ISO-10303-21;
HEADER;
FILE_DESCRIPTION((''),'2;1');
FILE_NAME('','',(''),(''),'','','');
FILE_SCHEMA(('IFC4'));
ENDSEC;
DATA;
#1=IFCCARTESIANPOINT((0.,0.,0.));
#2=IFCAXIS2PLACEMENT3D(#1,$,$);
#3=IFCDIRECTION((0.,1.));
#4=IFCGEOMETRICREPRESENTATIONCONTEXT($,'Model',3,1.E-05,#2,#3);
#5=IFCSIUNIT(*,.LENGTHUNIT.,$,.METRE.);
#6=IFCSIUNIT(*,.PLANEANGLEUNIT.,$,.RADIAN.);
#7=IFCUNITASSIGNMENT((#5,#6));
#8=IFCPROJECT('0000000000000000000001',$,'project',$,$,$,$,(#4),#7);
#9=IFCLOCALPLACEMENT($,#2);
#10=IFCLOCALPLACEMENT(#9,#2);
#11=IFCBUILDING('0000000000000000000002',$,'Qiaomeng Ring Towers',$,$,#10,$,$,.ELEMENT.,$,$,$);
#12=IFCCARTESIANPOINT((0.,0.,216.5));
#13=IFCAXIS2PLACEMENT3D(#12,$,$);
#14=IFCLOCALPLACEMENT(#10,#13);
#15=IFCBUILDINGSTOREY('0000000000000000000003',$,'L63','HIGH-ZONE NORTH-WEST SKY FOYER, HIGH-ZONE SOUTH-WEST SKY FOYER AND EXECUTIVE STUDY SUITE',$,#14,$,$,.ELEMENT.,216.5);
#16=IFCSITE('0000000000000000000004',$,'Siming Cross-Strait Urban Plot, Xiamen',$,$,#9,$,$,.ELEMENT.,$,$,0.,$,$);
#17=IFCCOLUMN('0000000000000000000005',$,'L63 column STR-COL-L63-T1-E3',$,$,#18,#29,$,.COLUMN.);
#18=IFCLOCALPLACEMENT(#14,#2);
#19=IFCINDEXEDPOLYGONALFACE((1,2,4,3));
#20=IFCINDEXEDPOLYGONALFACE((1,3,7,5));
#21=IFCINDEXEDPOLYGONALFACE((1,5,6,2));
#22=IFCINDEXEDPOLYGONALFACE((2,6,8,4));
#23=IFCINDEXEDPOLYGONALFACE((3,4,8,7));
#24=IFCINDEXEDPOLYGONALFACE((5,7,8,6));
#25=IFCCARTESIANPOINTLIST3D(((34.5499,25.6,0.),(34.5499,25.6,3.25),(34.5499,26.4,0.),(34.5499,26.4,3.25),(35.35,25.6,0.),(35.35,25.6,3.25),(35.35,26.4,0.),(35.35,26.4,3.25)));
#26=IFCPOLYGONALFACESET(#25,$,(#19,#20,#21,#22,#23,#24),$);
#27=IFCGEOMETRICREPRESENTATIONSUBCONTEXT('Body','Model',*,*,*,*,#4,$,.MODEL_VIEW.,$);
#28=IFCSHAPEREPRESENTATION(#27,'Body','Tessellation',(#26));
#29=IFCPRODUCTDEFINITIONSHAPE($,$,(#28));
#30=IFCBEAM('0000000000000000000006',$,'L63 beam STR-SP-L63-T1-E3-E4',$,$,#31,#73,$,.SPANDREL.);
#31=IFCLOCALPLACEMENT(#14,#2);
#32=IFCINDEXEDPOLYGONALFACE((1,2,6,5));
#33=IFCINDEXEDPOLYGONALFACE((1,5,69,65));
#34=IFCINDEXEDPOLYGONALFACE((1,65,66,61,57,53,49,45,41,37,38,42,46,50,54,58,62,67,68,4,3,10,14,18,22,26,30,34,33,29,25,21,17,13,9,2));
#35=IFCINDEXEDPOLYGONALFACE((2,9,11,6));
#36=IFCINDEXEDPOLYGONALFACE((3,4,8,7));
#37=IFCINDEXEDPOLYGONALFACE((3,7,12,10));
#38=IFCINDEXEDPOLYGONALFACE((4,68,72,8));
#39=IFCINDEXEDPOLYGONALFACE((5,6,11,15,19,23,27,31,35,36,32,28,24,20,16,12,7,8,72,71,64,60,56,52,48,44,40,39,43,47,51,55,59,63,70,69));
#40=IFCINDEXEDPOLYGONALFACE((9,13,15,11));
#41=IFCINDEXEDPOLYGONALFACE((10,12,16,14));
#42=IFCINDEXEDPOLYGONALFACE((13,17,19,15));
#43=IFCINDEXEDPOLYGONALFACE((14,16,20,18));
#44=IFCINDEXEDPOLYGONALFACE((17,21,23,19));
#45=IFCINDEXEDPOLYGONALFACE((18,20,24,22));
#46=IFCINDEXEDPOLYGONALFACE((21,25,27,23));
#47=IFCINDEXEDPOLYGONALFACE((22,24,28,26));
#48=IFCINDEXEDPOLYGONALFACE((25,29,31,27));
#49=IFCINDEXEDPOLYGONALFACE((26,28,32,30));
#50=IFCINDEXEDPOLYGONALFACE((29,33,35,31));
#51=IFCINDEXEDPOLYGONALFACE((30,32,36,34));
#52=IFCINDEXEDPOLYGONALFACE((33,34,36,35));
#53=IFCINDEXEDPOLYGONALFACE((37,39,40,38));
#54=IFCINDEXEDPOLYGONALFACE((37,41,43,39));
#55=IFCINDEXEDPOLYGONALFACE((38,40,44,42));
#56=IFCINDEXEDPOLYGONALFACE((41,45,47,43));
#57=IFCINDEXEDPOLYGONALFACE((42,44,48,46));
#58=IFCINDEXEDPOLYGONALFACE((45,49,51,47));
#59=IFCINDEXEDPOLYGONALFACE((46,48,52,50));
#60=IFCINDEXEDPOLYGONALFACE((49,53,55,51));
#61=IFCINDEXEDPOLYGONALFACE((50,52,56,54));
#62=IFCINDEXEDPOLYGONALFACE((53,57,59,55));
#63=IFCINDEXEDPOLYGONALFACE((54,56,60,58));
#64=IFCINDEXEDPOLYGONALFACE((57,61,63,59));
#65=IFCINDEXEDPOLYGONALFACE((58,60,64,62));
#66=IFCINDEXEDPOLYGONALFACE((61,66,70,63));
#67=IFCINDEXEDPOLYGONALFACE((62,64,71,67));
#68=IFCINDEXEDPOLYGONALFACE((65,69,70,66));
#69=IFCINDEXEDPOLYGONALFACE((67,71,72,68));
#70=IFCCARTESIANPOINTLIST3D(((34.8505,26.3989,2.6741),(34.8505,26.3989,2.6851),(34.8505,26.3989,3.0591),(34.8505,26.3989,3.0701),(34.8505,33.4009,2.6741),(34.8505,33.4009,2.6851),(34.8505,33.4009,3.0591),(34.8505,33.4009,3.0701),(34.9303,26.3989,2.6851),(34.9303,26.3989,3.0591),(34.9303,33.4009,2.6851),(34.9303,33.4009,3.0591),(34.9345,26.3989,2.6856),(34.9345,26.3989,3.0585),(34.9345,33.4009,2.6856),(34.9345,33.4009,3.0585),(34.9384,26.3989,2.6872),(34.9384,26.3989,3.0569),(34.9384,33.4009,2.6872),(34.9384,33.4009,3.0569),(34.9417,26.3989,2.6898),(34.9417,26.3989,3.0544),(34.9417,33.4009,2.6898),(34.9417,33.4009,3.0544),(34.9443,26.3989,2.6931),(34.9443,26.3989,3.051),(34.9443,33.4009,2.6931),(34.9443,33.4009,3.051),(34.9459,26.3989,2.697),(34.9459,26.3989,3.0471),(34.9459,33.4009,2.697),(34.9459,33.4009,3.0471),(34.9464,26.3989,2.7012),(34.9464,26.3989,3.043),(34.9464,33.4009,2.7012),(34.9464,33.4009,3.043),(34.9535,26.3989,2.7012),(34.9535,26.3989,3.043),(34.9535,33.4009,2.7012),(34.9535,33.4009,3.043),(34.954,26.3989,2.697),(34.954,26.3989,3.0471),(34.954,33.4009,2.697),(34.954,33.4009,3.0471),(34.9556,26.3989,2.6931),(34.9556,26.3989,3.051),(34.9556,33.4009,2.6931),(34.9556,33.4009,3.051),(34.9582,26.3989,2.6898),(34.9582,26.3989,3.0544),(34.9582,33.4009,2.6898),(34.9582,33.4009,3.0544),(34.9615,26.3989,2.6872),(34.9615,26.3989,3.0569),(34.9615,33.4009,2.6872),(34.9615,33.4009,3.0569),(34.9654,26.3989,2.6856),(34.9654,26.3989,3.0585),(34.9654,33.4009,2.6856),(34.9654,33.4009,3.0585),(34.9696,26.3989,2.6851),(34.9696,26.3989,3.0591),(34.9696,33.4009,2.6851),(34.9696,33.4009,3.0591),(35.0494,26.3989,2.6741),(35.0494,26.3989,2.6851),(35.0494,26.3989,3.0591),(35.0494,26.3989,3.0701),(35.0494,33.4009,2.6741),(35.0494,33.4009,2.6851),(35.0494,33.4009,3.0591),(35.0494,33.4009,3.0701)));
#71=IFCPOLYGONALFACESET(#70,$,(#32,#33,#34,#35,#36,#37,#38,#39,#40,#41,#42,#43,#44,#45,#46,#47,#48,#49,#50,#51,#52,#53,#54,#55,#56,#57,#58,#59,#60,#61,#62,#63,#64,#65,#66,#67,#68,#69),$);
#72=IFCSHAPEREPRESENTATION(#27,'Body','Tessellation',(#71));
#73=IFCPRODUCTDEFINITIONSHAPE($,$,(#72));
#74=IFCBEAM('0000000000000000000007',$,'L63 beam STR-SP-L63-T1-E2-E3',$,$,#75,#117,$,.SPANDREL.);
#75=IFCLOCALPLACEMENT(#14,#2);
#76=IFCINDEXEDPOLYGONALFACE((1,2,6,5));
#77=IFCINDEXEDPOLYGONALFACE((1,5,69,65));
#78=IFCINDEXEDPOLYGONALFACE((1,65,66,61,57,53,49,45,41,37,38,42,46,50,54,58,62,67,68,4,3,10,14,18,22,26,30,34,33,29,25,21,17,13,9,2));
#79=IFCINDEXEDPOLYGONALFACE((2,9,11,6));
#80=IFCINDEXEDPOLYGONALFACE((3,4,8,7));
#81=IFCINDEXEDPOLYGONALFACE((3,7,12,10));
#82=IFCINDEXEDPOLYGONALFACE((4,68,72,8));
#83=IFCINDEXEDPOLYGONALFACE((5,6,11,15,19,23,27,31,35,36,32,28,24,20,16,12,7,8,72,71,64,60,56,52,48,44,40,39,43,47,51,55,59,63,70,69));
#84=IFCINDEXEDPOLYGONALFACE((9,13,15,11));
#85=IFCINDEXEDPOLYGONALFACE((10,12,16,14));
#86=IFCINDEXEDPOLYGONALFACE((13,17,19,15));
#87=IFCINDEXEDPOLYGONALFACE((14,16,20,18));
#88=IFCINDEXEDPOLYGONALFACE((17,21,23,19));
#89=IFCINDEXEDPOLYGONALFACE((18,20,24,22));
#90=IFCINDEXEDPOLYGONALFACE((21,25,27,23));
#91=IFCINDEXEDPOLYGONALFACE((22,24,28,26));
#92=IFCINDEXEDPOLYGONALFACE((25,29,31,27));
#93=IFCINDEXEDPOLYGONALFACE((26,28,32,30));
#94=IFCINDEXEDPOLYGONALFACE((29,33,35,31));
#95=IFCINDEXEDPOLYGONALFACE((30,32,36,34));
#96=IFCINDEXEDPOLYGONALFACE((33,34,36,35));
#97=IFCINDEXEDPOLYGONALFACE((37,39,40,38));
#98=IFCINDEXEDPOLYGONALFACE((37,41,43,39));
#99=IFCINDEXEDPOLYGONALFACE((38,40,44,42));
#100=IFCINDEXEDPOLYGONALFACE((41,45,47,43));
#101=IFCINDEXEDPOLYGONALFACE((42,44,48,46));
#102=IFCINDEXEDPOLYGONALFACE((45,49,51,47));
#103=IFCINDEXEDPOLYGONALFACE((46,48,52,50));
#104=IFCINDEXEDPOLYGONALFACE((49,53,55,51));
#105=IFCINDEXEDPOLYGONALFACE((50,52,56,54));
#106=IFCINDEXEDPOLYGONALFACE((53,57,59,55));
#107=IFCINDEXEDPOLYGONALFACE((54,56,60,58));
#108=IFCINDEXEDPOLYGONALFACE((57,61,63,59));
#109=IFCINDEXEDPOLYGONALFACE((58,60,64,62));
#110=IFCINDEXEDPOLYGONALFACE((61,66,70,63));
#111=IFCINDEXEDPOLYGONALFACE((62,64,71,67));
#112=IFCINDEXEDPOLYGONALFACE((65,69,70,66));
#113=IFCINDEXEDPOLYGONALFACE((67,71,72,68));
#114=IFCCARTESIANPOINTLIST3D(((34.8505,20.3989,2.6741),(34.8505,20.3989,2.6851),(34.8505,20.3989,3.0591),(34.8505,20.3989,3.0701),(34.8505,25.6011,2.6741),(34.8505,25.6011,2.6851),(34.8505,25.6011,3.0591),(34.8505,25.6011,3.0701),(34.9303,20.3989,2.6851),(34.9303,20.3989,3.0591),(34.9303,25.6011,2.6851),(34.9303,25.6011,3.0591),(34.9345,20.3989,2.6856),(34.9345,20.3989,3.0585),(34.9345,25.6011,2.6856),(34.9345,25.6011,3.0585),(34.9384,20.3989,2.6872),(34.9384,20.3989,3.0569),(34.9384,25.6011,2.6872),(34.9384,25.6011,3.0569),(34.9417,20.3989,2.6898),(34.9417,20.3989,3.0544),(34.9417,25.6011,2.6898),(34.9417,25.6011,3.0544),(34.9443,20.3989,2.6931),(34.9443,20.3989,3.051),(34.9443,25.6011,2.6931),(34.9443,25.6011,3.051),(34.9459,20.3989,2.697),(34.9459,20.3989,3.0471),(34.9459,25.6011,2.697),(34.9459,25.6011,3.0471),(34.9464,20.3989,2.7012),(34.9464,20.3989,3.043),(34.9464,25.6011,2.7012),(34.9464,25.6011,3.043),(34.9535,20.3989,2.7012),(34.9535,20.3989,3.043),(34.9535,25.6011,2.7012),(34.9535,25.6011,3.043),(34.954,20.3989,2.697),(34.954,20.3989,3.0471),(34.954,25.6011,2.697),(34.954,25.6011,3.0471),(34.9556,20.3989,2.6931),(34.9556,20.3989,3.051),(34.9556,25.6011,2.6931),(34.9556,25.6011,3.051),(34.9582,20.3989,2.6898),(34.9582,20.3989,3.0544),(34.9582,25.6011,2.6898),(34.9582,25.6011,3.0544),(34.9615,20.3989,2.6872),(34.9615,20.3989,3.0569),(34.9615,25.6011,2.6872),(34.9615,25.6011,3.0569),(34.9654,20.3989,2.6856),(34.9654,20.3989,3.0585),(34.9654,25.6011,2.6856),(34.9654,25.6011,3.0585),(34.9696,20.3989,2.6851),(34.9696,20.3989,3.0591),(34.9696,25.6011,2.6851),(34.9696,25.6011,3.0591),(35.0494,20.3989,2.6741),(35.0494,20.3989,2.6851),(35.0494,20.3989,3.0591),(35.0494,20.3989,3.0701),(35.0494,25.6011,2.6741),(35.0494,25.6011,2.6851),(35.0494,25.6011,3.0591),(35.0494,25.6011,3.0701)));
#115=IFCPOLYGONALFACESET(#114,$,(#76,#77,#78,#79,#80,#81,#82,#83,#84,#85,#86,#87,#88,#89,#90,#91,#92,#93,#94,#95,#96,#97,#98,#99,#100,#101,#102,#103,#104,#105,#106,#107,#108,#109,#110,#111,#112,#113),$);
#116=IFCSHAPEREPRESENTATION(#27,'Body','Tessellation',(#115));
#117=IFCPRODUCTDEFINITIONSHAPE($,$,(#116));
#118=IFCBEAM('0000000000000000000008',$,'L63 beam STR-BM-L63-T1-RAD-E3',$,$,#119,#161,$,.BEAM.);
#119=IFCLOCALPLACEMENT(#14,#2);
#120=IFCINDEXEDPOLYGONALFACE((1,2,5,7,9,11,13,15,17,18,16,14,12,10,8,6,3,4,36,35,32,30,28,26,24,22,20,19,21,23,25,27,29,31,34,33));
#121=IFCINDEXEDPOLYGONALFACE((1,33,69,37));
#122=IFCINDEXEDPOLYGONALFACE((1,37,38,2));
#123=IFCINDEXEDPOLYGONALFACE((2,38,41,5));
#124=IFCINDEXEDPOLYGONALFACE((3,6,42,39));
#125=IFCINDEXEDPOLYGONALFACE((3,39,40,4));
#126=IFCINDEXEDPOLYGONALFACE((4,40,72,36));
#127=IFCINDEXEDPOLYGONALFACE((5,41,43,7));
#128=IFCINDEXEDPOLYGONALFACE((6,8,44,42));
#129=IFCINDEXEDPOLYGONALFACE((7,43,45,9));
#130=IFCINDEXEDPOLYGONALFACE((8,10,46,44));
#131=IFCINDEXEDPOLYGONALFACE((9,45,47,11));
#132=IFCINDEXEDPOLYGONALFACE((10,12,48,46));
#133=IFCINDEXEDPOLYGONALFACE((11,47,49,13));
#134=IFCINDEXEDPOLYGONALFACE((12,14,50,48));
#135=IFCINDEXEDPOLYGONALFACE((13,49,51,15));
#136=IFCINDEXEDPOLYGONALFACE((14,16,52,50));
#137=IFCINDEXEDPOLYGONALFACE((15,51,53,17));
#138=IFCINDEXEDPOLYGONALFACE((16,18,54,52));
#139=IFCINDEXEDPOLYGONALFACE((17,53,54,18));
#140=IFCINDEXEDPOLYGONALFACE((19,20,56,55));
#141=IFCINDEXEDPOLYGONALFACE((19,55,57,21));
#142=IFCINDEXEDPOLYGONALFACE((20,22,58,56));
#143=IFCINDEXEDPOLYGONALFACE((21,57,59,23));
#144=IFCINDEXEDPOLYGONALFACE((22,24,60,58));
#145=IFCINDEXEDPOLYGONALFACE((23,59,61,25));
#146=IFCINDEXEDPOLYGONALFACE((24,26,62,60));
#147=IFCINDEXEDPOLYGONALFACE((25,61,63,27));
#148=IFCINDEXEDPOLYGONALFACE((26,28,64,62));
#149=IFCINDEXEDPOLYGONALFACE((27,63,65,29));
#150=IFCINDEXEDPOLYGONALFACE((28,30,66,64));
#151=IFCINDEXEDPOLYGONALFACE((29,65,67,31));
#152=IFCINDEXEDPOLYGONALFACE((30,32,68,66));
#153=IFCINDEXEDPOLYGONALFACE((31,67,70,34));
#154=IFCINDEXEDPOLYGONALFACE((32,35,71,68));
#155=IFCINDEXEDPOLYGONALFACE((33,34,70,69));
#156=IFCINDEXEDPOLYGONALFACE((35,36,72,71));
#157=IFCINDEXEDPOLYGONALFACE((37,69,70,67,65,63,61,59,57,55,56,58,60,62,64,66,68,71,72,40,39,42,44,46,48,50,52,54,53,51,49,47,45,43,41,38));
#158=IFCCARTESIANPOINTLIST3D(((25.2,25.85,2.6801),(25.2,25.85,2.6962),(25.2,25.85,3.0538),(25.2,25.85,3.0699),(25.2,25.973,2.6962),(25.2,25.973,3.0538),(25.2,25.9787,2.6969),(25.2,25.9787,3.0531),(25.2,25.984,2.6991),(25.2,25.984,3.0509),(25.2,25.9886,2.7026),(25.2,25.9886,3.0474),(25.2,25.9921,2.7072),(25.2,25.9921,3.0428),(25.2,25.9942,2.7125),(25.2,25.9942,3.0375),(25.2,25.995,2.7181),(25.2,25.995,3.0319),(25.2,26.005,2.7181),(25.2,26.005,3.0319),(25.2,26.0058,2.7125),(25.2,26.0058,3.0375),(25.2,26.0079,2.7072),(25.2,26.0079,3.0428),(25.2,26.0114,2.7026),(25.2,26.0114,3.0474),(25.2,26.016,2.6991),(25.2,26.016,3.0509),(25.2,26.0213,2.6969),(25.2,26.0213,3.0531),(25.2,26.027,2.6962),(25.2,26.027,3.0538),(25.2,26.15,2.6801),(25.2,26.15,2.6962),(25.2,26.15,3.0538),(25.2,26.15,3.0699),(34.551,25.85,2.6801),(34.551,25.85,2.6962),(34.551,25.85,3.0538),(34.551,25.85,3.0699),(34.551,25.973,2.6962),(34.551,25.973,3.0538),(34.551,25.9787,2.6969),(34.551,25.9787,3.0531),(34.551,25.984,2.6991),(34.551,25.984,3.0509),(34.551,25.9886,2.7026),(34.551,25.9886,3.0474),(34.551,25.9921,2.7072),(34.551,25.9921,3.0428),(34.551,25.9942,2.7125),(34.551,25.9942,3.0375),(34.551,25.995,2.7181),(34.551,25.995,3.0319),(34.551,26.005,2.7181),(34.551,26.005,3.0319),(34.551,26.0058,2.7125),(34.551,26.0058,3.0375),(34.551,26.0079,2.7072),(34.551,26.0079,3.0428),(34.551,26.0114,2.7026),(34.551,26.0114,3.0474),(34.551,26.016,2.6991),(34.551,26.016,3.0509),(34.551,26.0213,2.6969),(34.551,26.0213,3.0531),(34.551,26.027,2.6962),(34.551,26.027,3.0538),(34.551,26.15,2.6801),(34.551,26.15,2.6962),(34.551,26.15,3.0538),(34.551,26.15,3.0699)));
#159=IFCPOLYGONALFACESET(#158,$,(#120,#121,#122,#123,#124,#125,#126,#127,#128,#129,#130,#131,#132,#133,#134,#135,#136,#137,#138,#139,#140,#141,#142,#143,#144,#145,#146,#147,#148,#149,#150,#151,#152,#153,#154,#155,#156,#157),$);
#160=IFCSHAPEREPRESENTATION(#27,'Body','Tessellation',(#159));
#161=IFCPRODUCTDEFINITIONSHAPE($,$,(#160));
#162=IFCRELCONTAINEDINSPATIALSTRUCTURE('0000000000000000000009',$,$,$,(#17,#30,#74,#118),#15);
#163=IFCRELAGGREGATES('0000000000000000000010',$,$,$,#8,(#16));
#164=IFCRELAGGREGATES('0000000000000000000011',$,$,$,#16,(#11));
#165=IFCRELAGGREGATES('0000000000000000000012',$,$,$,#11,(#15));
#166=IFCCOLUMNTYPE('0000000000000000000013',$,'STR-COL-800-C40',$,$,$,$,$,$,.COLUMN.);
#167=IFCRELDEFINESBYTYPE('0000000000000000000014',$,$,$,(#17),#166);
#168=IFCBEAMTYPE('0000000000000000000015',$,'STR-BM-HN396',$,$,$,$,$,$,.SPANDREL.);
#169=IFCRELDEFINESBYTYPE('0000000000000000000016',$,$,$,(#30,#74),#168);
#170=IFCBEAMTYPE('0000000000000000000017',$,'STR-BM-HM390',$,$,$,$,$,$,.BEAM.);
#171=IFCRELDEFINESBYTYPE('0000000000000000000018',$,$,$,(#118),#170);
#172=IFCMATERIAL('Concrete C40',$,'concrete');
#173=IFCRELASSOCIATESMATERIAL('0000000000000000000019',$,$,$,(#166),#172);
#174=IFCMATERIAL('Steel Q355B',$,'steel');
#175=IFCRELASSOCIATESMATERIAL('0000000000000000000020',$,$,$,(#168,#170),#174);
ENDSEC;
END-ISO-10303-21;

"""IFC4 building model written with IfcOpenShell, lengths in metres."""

from ifc_helpers import new_model, si_unit, direction, frame, origin, origin_2d, place, context, subcontext, project, spatial, rectangle, i_section, extrude, source, transform, mapped, material, material_profile, profile_set, type_object, element, save


model = new_model("IFC4")

# Units and contexts
model_context = context("Model", 3, precision=1e-05, world=origin(), true_north=direction((0.0, 1.0)))
body_context = subcontext(model_context, "Body", "Model", "MODEL_VIEW")
ifc_project = project(units=[si_unit("LENGTHUNIT", "METRE"), si_unit("PLANEANGLEUNIT", "RADIAN")], contexts=[model_context])

# Site, building, storey
site_placement = place(None, origin())
site = spatial("IfcSite", under=ifc_project, at=site_placement, Name="Siming Cross-Strait Urban Plot, Xiamen", CompositionType="ELEMENT", RefElevation=0.0)
building_placement = place(site_placement, origin())
building = spatial("IfcBuilding", under=site, at=building_placement, Name="Qiaomeng Ring Towers", CompositionType="ELEMENT")
storey_placement = place(building_placement, frame((0.0, 0.0, 216.5)))
storey = spatial("IfcBuildingStorey", under=building, at=storey_placement, Name="L63", Description="HIGH-ZONE NORTH-WEST SKY FOYER, HIGH-ZONE SOUTH-WEST SKY FOYER AND EXECUTIVE STUDY SUITE", CompositionType="ELEMENT", Elevation=216.5)

# Column
ifc_material_1 = material(Name="Concrete C40", Category="concrete")
ifc_material_profile_1 = material_profile(ifc_material_1, rectangle(XDim=0.8, YDim=0.8, at=origin_2d()), Name="RC COL 800x800")
ifc_profile_set_1 = profile_set([ifc_material_profile_1], Name="Concrete C40")
column_type = type_object("IfcColumnType", Name="STR-COL-800-C40", PredefinedType="COLUMN", material=ifc_profile_set_1)
shared_shape_1 = source(origin(), body_context, "Body", "SweptSolid", [
    extrude(rectangle(XDim=0.8, YDim=0.8, at=origin_2d()), origin(), (0.0, 0.0, 1.0), 3.25),
])
column_placement = place(storey_placement, frame((34.95, 26.0, 0.0), z_axis=(0.0, 0.0, 1.0), x_axis=(1.0, 0.0, 0.0)))
element("IfcColumn", 1, at=column_placement, inside=storey, type_object=column_type, Name="L63 column STR-COL-L63-T1-E3", PredefinedType="COLUMN", context=body_context, shape_type="MappedRepresentation", body=[
    mapped(shared_shape_1, transform((0.0, 0.0, 0.0), x_axis=(1.0, 0.0, 0.0), y_axis=(0.0, 1.0, 0.0), z_axis=(0.0, 0.0, 1.0), scale=1.0)),
])

# Beams
ifc_material_2 = material(Name="Steel Q355B", Category="steel")
ifc_material_profile_2 = material_profile(ifc_material_2, i_section(OverallWidth=0.199, OverallDepth=0.396, WebThickness=0.0071, FlangeThickness=0.011, FilletRadius=0.0161, at=origin_2d()), Name="HN 396x199x7x11")
ifc_profile_set_2 = profile_set([ifc_material_profile_2], Name="Steel Q355B")
beam_type_1 = type_object("IfcBeamType", Name="STR-BM-HN396", PredefinedType="SPANDREL", material=ifc_profile_set_2)
shared_shape_2 = source(origin(), body_context, "Body", "SweptSolid", [
    extrude(i_section(OverallWidth=0.199, OverallDepth=0.396, WebThickness=0.0071, FlangeThickness=0.011, FilletRadius=0.0161, at=origin_2d()), origin(), (0.0, 0.0, 1.0), 7.002),
])
beam_1_placement = place(storey_placement, frame((34.95, 26.3989, 2.8721), z_axis=(0.0, 1.0, 0.0), x_axis=(-1.0, 0.0, 0.0)))
element("IfcBeam", 2, at=beam_1_placement, inside=storey, type_object=beam_type_1, Name="L63 beam STR-SP-L63-T1-E3-E4", PredefinedType="SPANDREL", context=body_context, shape_type="MappedRepresentation", body=[
    mapped(shared_shape_2, transform((0.0, 0.0, 0.0), x_axis=(1.0, 0.0, 0.0), y_axis=(0.0, 1.0, 0.0), z_axis=(0.0, 0.0, 1.0), scale=1.0)),
])
shared_shape_3 = source(origin(), body_context, "Body", "SweptSolid", [
    extrude(i_section(OverallWidth=0.199, OverallDepth=0.396, WebThickness=0.0071, FlangeThickness=0.011, FilletRadius=0.0161, at=origin_2d()), origin(), (0.0, 0.0, 1.0), 5.2021),
])
beam_2_placement = place(storey_placement, frame((34.95, 20.3989, 2.8721), z_axis=(0.0, 1.0, 0.0), x_axis=(-1.0, 0.0, 0.0)))
element("IfcBeam", 3, at=beam_2_placement, inside=storey, type_object=beam_type_1, Name="L63 beam STR-SP-L63-T1-E2-E3", PredefinedType="SPANDREL", context=body_context, shape_type="MappedRepresentation", body=[
    mapped(shared_shape_3, transform((0.0, 0.0, 0.0), x_axis=(1.0, 0.0, 0.0), y_axis=(0.0, 1.0, 0.0), z_axis=(0.0, 0.0, 1.0), scale=1.0)),
])
ifc_material_profile_3 = material_profile(ifc_material_2, i_section(OverallWidth=0.3, OverallDepth=0.3899, WebThickness=0.01, FlangeThickness=0.0161, FilletRadius=0.022, at=origin_2d()), Name="HM 390x300x10x16")
ifc_profile_set_3 = profile_set([ifc_material_profile_3], Name="Steel Q355B")
beam_type_2 = type_object("IfcBeamType", Name="STR-BM-HM390", PredefinedType="BEAM", material=ifc_profile_set_3)
shared_shape_4 = source(origin(), body_context, "Body", "SweptSolid", [
    extrude(i_section(OverallWidth=0.3, OverallDepth=0.3899, WebThickness=0.01, FlangeThickness=0.0161, FilletRadius=0.022, at=origin_2d()), origin(), (0.0, 0.0, 1.0), 9.3511),
])
beam_3_placement = place(storey_placement, frame((25.2, 26.0, 2.875), z_axis=(1.0, 0.0, 0.0), x_axis=(0.0, 1.0, 0.0)))
element("IfcBeam", 4, at=beam_3_placement, inside=storey, type_object=beam_type_2, Name="L63 beam STR-BM-L63-T1-RAD-E3", PredefinedType="BEAM", context=body_context, shape_type="MappedRepresentation", body=[
    mapped(shared_shape_4, transform((0.0, 0.0, 0.0), x_axis=(1.0, 0.0, 0.0), y_axis=(0.0, 1.0, 0.0), z_axis=(0.0, 0.0, 1.0), scale=1.0)),
])

save(model, "model.ifc")
